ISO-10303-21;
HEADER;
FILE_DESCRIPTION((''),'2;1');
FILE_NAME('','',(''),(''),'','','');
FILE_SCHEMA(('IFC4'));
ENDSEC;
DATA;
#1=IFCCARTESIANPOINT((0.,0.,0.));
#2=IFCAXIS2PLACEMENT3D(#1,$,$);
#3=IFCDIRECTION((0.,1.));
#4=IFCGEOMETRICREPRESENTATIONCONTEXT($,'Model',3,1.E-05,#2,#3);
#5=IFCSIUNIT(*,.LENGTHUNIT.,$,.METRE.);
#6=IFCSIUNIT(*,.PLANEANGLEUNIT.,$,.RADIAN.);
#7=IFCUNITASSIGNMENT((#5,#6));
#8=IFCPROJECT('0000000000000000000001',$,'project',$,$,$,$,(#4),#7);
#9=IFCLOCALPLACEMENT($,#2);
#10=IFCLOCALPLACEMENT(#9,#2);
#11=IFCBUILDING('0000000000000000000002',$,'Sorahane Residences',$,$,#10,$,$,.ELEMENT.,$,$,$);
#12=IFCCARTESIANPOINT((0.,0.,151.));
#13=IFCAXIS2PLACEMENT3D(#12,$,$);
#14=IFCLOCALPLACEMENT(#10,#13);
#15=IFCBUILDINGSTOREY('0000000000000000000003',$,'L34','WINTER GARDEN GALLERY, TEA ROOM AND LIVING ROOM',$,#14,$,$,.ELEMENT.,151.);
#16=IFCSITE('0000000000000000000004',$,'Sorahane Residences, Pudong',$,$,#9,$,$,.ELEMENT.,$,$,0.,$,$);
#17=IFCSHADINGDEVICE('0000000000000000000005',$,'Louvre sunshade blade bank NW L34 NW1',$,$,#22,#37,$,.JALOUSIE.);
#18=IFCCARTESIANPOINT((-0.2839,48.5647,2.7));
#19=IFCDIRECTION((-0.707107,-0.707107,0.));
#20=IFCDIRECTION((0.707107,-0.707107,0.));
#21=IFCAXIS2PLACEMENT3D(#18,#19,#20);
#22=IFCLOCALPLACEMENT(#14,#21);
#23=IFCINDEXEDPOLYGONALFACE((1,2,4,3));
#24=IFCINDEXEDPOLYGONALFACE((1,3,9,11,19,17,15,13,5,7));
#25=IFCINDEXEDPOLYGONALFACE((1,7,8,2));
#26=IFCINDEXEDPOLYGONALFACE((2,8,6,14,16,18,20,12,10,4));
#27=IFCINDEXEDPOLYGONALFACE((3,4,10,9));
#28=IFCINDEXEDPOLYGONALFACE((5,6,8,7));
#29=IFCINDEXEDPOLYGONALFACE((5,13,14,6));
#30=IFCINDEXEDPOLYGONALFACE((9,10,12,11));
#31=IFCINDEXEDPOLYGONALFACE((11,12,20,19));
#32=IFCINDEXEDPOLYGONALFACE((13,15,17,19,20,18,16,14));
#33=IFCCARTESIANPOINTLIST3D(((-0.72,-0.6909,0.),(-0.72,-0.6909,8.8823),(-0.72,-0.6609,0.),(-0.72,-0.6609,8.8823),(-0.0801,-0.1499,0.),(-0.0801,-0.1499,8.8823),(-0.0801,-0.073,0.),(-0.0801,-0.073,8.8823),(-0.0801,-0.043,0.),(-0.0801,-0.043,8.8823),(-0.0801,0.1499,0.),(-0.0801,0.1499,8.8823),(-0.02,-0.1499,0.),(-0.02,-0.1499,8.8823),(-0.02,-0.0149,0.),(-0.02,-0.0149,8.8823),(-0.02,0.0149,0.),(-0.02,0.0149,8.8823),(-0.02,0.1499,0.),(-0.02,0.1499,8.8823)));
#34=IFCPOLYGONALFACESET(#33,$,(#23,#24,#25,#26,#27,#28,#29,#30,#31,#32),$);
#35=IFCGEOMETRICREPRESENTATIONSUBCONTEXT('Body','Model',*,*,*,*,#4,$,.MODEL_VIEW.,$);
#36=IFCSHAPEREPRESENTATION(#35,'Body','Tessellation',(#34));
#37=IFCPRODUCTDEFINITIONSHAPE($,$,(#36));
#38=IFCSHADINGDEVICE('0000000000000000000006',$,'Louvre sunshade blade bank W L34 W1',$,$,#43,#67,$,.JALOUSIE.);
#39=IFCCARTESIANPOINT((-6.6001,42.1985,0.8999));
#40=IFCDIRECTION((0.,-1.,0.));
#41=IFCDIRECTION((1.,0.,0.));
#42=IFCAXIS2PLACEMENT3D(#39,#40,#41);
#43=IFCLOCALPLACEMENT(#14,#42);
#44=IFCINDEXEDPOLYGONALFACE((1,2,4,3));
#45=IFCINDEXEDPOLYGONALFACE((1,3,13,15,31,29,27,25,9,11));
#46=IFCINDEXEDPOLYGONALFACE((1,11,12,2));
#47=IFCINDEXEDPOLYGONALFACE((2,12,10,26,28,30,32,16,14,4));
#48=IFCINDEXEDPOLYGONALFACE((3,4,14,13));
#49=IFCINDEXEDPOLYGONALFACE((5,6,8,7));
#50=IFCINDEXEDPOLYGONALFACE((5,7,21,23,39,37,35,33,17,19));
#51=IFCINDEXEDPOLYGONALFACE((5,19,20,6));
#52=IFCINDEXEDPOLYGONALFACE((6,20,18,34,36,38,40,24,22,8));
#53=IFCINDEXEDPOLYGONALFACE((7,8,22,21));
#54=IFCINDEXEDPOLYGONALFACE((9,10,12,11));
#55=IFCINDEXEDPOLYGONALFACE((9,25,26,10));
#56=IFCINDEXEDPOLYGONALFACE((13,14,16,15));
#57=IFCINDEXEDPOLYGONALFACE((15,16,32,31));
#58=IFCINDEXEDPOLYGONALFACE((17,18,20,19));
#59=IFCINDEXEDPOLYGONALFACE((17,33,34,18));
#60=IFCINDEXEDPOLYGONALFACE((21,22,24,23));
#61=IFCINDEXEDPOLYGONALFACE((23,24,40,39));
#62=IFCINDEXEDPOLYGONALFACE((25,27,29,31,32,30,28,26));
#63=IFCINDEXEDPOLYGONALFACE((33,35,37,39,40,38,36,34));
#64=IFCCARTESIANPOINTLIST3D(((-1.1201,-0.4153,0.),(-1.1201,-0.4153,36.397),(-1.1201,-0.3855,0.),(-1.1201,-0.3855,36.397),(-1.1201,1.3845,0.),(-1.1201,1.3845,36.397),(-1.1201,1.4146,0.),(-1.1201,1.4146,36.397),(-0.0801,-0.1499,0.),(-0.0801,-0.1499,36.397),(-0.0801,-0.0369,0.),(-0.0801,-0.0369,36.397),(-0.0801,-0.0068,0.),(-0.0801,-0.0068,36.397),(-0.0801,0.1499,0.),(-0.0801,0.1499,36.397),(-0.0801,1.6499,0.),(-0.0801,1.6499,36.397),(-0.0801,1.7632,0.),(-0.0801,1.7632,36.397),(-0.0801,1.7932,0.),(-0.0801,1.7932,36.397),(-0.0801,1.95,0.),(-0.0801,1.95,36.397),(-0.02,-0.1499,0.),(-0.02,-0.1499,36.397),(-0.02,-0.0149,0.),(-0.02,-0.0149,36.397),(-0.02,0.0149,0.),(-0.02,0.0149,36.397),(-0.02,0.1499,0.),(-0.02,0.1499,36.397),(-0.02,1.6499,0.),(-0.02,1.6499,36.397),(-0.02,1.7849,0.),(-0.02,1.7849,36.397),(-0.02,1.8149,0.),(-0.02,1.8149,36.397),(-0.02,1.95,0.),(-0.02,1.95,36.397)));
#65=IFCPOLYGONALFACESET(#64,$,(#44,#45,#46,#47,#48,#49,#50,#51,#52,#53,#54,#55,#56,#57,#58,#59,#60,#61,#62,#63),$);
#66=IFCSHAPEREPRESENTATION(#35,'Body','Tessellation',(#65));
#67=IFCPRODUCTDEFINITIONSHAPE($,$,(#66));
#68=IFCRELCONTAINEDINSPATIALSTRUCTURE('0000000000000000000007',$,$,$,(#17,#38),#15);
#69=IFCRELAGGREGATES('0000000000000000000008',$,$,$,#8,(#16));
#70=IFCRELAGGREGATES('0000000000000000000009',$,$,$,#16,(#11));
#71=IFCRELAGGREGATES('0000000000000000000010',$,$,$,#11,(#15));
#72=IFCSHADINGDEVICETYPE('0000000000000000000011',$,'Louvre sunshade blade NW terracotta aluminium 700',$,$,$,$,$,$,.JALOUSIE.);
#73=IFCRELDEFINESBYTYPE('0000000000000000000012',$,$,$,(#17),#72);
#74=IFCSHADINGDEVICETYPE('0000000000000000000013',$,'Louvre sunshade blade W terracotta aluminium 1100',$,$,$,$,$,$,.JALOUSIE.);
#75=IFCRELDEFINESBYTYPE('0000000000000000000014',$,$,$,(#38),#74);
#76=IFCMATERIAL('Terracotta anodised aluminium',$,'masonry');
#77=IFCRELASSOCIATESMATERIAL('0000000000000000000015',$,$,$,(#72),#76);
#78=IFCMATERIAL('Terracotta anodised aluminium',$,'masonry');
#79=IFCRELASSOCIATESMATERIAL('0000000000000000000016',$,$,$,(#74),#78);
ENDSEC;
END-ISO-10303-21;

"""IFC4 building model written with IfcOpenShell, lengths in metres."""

from ifc_helpers import new_model, si_unit, direction, frame, origin, place, context, subcontext, project, spatial, polyline, outline, composite_profile, extrude, material, type_object, element, save


model = new_model("IFC4")

# Units and contexts
model_context = context("Model", 3, precision=1e-05, world=origin(), true_north=direction((0.0, 1.0)))
body_context = subcontext(model_context, "Body", "Model", "MODEL_VIEW")
ifc_project = project(units=[si_unit("LENGTHUNIT", "METRE"), si_unit("PLANEANGLEUNIT", "RADIAN")], contexts=[model_context])

# Site, building, storey
site_placement = place(None, origin())
site = spatial("IfcSite", under=ifc_project, at=site_placement, Name="Sorahane Residences, Pudong", CompositionType="ELEMENT", RefElevation=0.0)
building_placement = place(site_placement, origin())
building = spatial("IfcBuilding", under=site, at=building_placement, Name="Sorahane Residences", CompositionType="ELEMENT")
storey_placement = place(building_placement, frame((0.0, 0.0, 151.0)))
storey = spatial("IfcBuildingStorey", under=building, at=storey_placement, Name="L34", Description="WINTER GARDEN GALLERY, TEA ROOM AND LIVING ROOM", CompositionType="ELEMENT", Elevation=151.0)

# Shading devices
ifc_material_1 = material(Name="Terracotta anodised aluminium", Category="masonry")
shading_device_type_1 = type_object("IfcShadingDeviceType", Name="Louvre sunshade blade NW terracotta aluminium 700", PredefinedType="JALOUSIE", material=ifc_material_1)
shading_device_1_placement = place(storey_placement, frame((-0.2839, 48.5647, 2.7), z_axis=(-0.707107, -0.707107, 0.0), x_axis=(0.707107, -0.707107, 0.0)))
element("IfcShadingDevice", 1, at=shading_device_1_placement, inside=storey, type_object=shading_device_type_1, Name="Louvre sunshade blade bank NW L34 NW1", PredefinedType="JALOUSIE", context=body_context, shape_type="SweptSolid", body=[
    extrude(outline(polyline([(-0.72, -0.6609), (-0.72, -0.6909), (-0.0801, -0.073), (-0.0801, -0.1499), (-0.02, -0.1499), (-0.02, -0.0149), (-0.02, 0.0149), (-0.02, 0.1499), (-0.0801, 0.1499), (-0.0801, -0.043), (-0.72, -0.6609)])), origin(), (0.0, 0.0, 1.0), 8.8823),
])
ifc_material_2 = material(Name="Terracotta anodised aluminium", Category="masonry")
shading_device_type_2 = type_object("IfcShadingDeviceType", Name="Louvre sunshade blade W terracotta aluminium 1100", PredefinedType="JALOUSIE", material=ifc_material_2)
shading_device_2_placement = place(storey_placement, frame((-6.6001, 42.1985, 0.8999), z_axis=(0.0, -1.0, 0.0), x_axis=(1.0, 0.0, 0.0)))
element("IfcShadingDevice", 2, at=shading_device_2_placement, inside=storey, type_object=shading_device_type_2, Name="Louvre sunshade blade bank W L34 W1", PredefinedType="JALOUSIE", context=body_context, shape_type="SweptSolid", body=[
    extrude(composite_profile([outline(polyline([(-1.1201, -0.3855), (-1.1201, -0.4153), (-0.0801, -0.0369), (-0.0801, -0.1499), (-0.02, -0.1499), (-0.02, -0.0149), (-0.02, 0.0149), (-0.02, 0.1499), (-0.0801, 0.1499), (-0.0801, -0.0068), (-1.1201, -0.3855)])), outline(polyline([(-1.1201, 1.4146), (-1.1201, 1.3845), (-0.0801, 1.7632), (-0.0801, 1.6499), (-0.02, 1.6499), (-0.02, 1.7849), (-0.02, 1.8149), (-0.02, 1.95), (-0.0801, 1.95), (-0.0801, 1.7932), (-1.1201, 1.4146)]))]), origin(), (0.0, 0.0, 1.0), 36.397),
])

save(model, "model.ifc")
